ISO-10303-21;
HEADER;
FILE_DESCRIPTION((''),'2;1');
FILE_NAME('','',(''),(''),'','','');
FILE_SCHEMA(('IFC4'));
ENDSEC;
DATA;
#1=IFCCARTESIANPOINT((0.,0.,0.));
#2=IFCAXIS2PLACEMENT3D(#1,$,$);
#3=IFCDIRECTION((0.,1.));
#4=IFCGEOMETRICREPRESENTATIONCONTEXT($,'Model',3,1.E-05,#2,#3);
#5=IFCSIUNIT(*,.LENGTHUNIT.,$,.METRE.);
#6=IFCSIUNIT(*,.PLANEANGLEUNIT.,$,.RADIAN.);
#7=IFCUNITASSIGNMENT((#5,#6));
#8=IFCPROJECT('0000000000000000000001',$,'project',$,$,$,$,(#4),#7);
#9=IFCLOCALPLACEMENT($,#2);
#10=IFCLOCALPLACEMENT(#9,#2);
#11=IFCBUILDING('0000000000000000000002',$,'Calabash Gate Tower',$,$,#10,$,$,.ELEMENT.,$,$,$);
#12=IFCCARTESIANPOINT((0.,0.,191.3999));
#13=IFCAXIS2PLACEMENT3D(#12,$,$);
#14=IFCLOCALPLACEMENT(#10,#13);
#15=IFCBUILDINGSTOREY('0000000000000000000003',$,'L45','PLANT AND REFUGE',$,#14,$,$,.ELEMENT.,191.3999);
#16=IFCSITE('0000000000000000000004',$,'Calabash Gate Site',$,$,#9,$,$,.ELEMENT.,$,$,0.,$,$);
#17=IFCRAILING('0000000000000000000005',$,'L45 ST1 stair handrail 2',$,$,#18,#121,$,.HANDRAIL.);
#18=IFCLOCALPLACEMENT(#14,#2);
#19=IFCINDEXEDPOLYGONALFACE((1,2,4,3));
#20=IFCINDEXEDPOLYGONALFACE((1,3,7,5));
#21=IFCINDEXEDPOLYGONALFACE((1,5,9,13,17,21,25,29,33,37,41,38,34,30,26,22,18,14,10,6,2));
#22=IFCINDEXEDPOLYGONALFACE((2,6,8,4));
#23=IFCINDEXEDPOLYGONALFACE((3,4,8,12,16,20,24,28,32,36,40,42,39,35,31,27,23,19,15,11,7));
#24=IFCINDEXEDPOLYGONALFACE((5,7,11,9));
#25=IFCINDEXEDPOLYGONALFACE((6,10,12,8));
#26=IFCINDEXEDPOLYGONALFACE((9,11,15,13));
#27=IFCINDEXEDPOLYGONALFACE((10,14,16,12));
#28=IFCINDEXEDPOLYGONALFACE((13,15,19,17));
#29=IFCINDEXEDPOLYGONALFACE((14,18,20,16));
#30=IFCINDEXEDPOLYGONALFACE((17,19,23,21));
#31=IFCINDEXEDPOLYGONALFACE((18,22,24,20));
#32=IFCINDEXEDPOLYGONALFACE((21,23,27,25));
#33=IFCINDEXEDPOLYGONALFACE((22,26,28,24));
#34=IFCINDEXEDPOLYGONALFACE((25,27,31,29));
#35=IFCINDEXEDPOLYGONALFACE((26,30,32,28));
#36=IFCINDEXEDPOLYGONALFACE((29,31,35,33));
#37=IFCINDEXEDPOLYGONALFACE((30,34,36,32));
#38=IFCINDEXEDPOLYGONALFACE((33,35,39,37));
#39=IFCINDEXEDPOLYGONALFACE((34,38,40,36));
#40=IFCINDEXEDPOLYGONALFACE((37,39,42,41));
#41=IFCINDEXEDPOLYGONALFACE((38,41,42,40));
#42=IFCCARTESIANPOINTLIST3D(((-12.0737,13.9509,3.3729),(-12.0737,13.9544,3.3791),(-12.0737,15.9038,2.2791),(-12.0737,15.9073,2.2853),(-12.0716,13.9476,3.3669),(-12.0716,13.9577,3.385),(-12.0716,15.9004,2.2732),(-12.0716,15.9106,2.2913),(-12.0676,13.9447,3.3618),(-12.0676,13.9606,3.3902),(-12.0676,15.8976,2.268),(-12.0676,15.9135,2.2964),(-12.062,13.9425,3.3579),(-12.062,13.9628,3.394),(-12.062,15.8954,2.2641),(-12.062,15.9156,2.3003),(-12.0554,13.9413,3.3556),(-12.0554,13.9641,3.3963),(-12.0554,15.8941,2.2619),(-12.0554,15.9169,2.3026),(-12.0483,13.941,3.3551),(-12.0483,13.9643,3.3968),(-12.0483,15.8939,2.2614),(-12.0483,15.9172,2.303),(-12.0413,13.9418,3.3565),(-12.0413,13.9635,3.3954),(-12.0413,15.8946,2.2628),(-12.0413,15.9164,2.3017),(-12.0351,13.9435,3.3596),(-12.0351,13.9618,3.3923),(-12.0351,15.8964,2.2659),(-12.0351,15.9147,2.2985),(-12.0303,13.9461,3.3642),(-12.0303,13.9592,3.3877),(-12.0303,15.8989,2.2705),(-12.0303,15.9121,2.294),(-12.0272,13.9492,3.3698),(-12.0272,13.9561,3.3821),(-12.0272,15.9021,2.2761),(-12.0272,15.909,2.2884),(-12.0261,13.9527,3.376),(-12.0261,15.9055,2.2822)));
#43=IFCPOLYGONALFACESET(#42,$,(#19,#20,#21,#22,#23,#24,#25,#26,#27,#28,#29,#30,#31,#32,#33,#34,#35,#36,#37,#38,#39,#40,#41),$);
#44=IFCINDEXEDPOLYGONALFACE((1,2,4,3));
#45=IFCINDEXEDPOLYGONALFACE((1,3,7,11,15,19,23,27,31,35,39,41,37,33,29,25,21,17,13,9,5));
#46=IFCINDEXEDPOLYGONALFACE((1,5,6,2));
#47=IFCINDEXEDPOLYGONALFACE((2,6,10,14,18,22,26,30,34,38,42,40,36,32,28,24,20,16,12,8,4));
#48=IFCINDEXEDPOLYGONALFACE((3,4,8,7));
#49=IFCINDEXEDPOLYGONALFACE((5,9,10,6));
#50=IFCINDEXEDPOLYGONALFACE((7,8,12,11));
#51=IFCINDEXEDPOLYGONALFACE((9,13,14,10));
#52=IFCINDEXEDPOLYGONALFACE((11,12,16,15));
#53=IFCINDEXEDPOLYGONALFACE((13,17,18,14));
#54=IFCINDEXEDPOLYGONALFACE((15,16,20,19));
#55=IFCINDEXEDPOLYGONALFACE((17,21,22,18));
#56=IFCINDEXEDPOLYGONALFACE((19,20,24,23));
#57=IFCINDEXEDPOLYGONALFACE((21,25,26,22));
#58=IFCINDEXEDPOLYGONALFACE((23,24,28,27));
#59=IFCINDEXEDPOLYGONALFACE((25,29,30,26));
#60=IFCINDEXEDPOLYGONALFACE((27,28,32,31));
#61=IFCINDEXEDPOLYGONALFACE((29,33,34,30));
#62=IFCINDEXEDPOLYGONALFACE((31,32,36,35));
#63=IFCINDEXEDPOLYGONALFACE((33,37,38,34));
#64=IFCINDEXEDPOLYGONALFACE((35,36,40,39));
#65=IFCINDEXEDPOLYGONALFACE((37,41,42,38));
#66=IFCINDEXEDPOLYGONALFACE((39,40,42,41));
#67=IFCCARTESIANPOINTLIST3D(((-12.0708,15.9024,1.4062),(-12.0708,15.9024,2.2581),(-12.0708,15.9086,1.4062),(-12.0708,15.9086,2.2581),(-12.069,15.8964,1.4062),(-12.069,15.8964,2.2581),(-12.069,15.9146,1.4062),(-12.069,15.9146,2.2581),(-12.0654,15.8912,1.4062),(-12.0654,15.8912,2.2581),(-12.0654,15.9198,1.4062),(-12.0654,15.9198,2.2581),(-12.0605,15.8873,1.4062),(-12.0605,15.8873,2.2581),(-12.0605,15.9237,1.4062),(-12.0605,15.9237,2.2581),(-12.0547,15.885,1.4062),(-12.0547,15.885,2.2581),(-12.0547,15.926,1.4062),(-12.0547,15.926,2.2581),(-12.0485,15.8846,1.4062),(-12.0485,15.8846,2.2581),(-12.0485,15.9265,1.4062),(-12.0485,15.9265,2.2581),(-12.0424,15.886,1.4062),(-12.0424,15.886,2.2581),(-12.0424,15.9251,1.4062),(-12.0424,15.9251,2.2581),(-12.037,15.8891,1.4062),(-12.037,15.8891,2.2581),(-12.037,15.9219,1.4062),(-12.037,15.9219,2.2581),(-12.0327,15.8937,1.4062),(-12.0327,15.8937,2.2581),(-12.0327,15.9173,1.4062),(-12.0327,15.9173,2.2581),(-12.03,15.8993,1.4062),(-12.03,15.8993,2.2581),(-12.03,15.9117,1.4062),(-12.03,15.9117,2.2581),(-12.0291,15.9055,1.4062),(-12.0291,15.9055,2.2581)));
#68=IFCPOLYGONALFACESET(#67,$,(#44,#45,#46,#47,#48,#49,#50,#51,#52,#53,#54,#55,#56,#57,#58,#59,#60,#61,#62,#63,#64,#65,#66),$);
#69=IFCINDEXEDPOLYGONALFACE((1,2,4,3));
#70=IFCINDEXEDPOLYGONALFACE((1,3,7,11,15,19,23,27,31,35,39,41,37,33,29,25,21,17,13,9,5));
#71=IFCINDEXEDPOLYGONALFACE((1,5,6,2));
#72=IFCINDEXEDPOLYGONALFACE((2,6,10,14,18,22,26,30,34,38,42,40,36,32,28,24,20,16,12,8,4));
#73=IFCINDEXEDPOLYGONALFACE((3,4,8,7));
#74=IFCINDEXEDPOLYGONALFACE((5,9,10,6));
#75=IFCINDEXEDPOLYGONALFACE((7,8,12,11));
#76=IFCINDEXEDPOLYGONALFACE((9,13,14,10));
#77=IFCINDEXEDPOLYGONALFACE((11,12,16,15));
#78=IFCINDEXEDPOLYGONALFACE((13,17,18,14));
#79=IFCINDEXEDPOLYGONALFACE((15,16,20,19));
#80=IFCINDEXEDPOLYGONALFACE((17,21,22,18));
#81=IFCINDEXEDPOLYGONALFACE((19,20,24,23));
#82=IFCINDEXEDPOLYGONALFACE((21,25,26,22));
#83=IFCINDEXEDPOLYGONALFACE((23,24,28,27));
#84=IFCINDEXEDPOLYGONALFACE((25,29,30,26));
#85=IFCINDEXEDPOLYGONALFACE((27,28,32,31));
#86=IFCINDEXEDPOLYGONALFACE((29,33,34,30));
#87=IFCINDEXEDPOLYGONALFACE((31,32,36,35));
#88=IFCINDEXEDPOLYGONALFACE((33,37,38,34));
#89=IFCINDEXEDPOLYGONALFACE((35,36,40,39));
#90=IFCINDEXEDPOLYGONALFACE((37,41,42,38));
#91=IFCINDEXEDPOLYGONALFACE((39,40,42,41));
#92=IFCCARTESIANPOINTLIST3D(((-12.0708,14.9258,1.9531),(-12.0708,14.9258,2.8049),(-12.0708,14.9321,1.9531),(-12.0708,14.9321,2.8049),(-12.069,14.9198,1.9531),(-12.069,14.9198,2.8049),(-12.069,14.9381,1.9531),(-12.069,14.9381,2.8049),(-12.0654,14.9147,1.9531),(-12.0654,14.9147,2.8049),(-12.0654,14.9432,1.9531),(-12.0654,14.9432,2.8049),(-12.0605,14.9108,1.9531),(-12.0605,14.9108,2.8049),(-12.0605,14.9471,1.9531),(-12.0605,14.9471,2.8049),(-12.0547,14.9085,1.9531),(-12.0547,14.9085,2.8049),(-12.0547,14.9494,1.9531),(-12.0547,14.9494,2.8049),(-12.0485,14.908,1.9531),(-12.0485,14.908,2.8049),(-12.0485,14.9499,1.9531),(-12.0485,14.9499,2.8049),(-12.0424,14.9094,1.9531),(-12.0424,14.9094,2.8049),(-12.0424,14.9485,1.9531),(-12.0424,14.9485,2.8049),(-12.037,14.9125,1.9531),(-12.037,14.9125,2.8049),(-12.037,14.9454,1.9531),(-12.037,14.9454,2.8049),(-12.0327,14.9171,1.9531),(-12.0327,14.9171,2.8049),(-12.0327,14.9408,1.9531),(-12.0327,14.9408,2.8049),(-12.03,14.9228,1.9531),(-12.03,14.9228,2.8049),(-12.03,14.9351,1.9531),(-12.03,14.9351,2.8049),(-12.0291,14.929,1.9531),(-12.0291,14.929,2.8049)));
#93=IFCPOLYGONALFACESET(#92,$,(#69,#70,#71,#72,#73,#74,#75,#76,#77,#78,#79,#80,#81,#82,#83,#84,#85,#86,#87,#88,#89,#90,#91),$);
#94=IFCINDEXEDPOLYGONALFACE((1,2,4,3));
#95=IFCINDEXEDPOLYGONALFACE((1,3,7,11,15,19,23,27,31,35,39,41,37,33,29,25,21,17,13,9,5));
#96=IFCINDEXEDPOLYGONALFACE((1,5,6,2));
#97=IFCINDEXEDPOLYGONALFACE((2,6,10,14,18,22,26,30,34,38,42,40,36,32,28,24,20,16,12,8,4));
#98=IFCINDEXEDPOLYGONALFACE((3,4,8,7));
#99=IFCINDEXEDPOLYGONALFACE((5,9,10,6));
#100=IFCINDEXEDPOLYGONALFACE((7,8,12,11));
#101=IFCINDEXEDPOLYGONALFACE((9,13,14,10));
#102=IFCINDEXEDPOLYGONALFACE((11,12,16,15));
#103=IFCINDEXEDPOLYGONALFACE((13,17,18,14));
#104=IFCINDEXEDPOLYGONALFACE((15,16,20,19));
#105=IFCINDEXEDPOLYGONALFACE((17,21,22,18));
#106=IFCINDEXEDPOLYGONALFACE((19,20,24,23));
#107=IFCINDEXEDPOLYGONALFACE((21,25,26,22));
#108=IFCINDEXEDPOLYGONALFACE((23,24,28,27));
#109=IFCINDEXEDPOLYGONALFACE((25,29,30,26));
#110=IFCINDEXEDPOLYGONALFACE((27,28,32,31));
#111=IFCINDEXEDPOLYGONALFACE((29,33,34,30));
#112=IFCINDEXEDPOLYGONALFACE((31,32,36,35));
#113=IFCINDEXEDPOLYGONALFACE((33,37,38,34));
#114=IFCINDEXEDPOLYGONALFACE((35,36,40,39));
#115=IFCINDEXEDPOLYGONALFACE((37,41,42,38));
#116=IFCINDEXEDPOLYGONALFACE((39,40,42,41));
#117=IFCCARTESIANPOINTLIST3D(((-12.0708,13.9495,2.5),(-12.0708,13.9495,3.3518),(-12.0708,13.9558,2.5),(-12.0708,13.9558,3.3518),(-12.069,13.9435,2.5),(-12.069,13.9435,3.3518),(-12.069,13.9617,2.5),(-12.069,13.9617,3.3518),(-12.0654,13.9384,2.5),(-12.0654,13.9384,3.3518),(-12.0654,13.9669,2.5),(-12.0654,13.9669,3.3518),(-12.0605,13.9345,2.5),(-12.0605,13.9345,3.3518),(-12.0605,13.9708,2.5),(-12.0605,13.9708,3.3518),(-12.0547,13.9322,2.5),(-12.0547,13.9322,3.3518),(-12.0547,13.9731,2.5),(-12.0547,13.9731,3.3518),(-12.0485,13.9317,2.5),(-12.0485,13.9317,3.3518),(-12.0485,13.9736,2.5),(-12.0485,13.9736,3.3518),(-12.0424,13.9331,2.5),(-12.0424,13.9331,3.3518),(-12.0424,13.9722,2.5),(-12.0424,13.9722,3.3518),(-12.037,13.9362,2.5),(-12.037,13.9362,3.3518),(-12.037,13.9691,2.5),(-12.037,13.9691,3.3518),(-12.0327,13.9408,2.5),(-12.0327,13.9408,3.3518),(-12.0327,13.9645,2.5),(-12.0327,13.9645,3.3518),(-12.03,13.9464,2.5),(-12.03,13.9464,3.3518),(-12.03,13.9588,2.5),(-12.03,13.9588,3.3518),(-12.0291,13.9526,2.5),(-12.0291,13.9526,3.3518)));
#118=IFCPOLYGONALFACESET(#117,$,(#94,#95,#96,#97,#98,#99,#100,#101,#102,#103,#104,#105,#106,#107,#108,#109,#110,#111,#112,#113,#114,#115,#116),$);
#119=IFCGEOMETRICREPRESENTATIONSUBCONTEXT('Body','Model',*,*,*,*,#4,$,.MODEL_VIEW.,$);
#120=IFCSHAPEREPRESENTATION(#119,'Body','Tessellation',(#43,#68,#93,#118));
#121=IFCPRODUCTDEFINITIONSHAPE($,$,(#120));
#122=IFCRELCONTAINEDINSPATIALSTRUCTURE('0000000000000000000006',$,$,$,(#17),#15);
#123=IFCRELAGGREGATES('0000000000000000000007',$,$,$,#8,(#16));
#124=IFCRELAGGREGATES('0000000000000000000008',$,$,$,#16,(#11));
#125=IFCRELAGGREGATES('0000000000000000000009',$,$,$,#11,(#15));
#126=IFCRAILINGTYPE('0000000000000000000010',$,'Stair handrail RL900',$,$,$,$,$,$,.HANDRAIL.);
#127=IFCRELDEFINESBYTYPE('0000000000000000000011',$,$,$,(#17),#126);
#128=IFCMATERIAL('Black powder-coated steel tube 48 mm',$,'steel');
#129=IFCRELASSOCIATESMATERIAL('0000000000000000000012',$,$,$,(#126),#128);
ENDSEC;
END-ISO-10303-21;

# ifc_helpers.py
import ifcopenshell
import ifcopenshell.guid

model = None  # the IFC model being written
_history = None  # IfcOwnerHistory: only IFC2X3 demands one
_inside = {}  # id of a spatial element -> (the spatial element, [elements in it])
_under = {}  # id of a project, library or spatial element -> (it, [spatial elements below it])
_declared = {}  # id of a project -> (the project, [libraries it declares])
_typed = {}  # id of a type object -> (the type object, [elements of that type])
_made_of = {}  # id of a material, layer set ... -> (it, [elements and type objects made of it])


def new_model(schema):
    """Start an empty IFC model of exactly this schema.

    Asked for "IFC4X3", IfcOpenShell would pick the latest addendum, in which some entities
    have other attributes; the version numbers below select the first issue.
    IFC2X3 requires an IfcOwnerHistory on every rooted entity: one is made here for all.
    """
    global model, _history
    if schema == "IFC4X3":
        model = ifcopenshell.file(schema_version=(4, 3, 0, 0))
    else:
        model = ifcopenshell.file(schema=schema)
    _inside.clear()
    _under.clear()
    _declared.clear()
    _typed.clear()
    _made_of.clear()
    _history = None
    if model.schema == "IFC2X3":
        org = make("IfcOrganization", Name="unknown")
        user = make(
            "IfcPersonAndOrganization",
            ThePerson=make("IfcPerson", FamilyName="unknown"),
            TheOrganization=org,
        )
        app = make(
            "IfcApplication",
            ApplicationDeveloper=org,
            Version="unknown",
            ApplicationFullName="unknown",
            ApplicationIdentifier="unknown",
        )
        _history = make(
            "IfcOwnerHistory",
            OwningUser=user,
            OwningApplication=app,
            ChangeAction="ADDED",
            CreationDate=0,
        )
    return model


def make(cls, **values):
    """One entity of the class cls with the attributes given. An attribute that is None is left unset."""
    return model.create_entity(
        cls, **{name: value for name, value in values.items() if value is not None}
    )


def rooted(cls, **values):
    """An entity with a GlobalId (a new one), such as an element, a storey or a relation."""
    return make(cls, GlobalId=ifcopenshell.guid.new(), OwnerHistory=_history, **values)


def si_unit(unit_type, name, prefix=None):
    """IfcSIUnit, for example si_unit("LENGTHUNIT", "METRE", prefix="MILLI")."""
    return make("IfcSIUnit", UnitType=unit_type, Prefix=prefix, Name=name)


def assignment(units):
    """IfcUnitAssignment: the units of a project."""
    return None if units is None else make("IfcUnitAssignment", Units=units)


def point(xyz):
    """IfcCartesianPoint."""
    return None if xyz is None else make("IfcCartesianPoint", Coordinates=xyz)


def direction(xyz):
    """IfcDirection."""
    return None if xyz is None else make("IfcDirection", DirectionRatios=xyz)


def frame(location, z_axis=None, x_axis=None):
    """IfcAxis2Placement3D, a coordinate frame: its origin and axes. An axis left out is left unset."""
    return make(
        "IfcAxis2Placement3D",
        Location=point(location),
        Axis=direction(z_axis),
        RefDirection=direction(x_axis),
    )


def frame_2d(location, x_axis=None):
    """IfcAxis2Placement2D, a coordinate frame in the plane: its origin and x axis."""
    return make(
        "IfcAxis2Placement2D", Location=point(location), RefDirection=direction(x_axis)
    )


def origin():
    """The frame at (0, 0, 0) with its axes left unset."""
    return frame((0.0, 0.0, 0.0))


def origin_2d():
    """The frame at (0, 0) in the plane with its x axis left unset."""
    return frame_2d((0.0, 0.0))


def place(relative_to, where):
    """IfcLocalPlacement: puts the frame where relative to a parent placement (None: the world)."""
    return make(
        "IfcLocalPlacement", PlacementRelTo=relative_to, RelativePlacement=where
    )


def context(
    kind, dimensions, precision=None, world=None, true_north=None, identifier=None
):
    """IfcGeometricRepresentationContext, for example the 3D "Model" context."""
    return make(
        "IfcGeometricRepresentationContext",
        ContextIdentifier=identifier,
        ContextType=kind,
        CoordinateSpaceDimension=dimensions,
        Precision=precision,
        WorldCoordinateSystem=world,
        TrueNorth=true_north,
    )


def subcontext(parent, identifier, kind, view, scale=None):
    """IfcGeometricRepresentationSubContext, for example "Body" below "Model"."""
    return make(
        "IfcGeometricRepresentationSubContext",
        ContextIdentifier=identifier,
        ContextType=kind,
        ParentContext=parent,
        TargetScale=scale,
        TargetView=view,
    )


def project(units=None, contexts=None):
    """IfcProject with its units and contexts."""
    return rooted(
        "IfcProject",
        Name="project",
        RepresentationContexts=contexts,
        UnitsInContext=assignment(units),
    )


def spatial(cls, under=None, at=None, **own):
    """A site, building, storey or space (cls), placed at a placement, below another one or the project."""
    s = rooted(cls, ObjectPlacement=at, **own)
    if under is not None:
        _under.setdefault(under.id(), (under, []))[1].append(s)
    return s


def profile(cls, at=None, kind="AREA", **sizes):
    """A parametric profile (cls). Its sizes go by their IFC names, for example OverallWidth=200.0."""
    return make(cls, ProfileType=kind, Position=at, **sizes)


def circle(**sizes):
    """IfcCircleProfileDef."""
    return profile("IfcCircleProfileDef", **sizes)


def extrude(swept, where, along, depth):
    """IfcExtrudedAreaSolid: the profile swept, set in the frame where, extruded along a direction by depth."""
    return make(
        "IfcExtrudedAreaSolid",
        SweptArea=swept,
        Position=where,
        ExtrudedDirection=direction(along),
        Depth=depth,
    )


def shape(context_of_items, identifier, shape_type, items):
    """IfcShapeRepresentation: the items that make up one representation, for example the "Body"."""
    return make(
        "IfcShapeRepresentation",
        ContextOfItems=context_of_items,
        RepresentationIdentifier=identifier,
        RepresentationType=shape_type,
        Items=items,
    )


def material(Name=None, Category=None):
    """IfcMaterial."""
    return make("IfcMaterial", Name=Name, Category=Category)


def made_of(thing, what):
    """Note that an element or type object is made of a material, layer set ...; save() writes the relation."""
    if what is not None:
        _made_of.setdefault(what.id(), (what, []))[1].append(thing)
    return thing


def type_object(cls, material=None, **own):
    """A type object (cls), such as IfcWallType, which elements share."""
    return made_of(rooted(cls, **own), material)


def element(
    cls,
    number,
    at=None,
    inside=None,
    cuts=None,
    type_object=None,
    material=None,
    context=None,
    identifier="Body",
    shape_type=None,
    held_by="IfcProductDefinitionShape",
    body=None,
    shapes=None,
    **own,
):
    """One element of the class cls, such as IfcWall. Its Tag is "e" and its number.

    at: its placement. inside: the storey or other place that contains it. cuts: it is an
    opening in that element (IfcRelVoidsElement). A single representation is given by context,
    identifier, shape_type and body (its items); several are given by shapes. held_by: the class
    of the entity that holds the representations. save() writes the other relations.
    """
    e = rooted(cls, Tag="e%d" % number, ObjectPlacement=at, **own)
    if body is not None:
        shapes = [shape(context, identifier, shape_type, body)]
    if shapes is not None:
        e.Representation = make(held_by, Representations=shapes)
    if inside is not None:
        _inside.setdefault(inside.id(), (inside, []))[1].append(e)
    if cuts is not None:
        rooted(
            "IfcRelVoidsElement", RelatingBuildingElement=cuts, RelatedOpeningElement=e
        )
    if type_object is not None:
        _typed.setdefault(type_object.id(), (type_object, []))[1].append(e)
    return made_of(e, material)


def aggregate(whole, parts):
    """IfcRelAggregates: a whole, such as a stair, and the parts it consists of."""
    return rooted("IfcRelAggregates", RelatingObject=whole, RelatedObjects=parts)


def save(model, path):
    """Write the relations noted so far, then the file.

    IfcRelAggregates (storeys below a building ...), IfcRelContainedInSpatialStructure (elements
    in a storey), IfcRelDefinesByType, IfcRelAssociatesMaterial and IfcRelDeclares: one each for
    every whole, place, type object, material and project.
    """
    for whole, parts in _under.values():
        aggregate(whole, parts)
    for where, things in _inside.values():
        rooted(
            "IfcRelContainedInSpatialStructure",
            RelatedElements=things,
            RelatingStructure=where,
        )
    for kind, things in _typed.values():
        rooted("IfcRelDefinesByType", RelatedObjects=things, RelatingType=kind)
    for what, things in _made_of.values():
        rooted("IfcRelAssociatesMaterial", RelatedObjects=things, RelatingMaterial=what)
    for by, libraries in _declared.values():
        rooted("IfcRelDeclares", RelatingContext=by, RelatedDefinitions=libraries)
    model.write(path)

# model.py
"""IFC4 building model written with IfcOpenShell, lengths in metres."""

from ifc_helpers import new_model, si_unit, direction, frame, origin, origin_2d, place, context, subcontext, project, spatial, circle, extrude, material, type_object, element, save


model = new_model("IFC4")

# Units and contexts
model_context = context("Model", 3, precision=1e-05, world=origin(), true_north=direction((0.0, 1.0)))
body_context = subcontext(model_context, "Body", "Model", "MODEL_VIEW")
ifc_project = project(units=[si_unit("LENGTHUNIT", "METRE"), si_unit("PLANEANGLEUNIT", "RADIAN")], contexts=[model_context])

# Site, building, storey
site_placement = place(None, origin())
site = spatial("IfcSite", under=ifc_project, at=site_placement, Name="Calabash Gate Site", CompositionType="ELEMENT", RefElevation=0.0)
building_placement = place(site_placement, origin())
building = spatial("IfcBuilding", under=site, at=building_placement, Name="Calabash Gate Tower", CompositionType="ELEMENT")
storey_placement = place(building_placement, frame((0.0, 0.0, 191.3999)))
storey = spatial("IfcBuildingStorey", under=building, at=storey_placement, Name="L45", Description="PLANT AND REFUGE", CompositionType="ELEMENT", Elevation=191.3999)

# Railing
ifc_material_1 = material(Name="Black powder-coated steel tube 48 mm", Category="steel")
railing_type_1 = type_object("IfcRailingType", Name="Stair handrail RL900", PredefinedType="HANDRAIL", material=ifc_material_1)
railing_1_placement = place(storey_placement, frame((-12.05, 15.9055, 1.4062)))
element("IfcRailing", 1, at=railing_1_placement, inside=storey, type_object=railing_type_1, Name="L45 ST1 stair handrail 2", PredefinedType="HANDRAIL", context=body_context, shape_type="SweptSolid", body=[
    extrude(circle(Radius=0.0239, at=origin_2d()), frame((0.0, 0.0, 0.876), z_axis=(0.0, -0.87248, 0.48865), x_axis=(1.0, 0.0, 0.0)), (0.0, 0.0, 1.0), 2.2383),
    extrude(circle(Radius=0.021, at=origin_2d()), origin(), (0.0, 0.0, 1.0), 0.8518),
    extrude(circle(Radius=0.021, at=origin_2d()), frame((0.0, -0.9766, 0.5469)), (0.0, 0.0, 1.0), 0.8518),
    extrude(circle(Radius=0.021, at=origin_2d()), frame((0.0, -1.9529, 1.0938)), (0.0, 0.0, 1.0), 0.8518),
])

save(model, "model.ifc")
